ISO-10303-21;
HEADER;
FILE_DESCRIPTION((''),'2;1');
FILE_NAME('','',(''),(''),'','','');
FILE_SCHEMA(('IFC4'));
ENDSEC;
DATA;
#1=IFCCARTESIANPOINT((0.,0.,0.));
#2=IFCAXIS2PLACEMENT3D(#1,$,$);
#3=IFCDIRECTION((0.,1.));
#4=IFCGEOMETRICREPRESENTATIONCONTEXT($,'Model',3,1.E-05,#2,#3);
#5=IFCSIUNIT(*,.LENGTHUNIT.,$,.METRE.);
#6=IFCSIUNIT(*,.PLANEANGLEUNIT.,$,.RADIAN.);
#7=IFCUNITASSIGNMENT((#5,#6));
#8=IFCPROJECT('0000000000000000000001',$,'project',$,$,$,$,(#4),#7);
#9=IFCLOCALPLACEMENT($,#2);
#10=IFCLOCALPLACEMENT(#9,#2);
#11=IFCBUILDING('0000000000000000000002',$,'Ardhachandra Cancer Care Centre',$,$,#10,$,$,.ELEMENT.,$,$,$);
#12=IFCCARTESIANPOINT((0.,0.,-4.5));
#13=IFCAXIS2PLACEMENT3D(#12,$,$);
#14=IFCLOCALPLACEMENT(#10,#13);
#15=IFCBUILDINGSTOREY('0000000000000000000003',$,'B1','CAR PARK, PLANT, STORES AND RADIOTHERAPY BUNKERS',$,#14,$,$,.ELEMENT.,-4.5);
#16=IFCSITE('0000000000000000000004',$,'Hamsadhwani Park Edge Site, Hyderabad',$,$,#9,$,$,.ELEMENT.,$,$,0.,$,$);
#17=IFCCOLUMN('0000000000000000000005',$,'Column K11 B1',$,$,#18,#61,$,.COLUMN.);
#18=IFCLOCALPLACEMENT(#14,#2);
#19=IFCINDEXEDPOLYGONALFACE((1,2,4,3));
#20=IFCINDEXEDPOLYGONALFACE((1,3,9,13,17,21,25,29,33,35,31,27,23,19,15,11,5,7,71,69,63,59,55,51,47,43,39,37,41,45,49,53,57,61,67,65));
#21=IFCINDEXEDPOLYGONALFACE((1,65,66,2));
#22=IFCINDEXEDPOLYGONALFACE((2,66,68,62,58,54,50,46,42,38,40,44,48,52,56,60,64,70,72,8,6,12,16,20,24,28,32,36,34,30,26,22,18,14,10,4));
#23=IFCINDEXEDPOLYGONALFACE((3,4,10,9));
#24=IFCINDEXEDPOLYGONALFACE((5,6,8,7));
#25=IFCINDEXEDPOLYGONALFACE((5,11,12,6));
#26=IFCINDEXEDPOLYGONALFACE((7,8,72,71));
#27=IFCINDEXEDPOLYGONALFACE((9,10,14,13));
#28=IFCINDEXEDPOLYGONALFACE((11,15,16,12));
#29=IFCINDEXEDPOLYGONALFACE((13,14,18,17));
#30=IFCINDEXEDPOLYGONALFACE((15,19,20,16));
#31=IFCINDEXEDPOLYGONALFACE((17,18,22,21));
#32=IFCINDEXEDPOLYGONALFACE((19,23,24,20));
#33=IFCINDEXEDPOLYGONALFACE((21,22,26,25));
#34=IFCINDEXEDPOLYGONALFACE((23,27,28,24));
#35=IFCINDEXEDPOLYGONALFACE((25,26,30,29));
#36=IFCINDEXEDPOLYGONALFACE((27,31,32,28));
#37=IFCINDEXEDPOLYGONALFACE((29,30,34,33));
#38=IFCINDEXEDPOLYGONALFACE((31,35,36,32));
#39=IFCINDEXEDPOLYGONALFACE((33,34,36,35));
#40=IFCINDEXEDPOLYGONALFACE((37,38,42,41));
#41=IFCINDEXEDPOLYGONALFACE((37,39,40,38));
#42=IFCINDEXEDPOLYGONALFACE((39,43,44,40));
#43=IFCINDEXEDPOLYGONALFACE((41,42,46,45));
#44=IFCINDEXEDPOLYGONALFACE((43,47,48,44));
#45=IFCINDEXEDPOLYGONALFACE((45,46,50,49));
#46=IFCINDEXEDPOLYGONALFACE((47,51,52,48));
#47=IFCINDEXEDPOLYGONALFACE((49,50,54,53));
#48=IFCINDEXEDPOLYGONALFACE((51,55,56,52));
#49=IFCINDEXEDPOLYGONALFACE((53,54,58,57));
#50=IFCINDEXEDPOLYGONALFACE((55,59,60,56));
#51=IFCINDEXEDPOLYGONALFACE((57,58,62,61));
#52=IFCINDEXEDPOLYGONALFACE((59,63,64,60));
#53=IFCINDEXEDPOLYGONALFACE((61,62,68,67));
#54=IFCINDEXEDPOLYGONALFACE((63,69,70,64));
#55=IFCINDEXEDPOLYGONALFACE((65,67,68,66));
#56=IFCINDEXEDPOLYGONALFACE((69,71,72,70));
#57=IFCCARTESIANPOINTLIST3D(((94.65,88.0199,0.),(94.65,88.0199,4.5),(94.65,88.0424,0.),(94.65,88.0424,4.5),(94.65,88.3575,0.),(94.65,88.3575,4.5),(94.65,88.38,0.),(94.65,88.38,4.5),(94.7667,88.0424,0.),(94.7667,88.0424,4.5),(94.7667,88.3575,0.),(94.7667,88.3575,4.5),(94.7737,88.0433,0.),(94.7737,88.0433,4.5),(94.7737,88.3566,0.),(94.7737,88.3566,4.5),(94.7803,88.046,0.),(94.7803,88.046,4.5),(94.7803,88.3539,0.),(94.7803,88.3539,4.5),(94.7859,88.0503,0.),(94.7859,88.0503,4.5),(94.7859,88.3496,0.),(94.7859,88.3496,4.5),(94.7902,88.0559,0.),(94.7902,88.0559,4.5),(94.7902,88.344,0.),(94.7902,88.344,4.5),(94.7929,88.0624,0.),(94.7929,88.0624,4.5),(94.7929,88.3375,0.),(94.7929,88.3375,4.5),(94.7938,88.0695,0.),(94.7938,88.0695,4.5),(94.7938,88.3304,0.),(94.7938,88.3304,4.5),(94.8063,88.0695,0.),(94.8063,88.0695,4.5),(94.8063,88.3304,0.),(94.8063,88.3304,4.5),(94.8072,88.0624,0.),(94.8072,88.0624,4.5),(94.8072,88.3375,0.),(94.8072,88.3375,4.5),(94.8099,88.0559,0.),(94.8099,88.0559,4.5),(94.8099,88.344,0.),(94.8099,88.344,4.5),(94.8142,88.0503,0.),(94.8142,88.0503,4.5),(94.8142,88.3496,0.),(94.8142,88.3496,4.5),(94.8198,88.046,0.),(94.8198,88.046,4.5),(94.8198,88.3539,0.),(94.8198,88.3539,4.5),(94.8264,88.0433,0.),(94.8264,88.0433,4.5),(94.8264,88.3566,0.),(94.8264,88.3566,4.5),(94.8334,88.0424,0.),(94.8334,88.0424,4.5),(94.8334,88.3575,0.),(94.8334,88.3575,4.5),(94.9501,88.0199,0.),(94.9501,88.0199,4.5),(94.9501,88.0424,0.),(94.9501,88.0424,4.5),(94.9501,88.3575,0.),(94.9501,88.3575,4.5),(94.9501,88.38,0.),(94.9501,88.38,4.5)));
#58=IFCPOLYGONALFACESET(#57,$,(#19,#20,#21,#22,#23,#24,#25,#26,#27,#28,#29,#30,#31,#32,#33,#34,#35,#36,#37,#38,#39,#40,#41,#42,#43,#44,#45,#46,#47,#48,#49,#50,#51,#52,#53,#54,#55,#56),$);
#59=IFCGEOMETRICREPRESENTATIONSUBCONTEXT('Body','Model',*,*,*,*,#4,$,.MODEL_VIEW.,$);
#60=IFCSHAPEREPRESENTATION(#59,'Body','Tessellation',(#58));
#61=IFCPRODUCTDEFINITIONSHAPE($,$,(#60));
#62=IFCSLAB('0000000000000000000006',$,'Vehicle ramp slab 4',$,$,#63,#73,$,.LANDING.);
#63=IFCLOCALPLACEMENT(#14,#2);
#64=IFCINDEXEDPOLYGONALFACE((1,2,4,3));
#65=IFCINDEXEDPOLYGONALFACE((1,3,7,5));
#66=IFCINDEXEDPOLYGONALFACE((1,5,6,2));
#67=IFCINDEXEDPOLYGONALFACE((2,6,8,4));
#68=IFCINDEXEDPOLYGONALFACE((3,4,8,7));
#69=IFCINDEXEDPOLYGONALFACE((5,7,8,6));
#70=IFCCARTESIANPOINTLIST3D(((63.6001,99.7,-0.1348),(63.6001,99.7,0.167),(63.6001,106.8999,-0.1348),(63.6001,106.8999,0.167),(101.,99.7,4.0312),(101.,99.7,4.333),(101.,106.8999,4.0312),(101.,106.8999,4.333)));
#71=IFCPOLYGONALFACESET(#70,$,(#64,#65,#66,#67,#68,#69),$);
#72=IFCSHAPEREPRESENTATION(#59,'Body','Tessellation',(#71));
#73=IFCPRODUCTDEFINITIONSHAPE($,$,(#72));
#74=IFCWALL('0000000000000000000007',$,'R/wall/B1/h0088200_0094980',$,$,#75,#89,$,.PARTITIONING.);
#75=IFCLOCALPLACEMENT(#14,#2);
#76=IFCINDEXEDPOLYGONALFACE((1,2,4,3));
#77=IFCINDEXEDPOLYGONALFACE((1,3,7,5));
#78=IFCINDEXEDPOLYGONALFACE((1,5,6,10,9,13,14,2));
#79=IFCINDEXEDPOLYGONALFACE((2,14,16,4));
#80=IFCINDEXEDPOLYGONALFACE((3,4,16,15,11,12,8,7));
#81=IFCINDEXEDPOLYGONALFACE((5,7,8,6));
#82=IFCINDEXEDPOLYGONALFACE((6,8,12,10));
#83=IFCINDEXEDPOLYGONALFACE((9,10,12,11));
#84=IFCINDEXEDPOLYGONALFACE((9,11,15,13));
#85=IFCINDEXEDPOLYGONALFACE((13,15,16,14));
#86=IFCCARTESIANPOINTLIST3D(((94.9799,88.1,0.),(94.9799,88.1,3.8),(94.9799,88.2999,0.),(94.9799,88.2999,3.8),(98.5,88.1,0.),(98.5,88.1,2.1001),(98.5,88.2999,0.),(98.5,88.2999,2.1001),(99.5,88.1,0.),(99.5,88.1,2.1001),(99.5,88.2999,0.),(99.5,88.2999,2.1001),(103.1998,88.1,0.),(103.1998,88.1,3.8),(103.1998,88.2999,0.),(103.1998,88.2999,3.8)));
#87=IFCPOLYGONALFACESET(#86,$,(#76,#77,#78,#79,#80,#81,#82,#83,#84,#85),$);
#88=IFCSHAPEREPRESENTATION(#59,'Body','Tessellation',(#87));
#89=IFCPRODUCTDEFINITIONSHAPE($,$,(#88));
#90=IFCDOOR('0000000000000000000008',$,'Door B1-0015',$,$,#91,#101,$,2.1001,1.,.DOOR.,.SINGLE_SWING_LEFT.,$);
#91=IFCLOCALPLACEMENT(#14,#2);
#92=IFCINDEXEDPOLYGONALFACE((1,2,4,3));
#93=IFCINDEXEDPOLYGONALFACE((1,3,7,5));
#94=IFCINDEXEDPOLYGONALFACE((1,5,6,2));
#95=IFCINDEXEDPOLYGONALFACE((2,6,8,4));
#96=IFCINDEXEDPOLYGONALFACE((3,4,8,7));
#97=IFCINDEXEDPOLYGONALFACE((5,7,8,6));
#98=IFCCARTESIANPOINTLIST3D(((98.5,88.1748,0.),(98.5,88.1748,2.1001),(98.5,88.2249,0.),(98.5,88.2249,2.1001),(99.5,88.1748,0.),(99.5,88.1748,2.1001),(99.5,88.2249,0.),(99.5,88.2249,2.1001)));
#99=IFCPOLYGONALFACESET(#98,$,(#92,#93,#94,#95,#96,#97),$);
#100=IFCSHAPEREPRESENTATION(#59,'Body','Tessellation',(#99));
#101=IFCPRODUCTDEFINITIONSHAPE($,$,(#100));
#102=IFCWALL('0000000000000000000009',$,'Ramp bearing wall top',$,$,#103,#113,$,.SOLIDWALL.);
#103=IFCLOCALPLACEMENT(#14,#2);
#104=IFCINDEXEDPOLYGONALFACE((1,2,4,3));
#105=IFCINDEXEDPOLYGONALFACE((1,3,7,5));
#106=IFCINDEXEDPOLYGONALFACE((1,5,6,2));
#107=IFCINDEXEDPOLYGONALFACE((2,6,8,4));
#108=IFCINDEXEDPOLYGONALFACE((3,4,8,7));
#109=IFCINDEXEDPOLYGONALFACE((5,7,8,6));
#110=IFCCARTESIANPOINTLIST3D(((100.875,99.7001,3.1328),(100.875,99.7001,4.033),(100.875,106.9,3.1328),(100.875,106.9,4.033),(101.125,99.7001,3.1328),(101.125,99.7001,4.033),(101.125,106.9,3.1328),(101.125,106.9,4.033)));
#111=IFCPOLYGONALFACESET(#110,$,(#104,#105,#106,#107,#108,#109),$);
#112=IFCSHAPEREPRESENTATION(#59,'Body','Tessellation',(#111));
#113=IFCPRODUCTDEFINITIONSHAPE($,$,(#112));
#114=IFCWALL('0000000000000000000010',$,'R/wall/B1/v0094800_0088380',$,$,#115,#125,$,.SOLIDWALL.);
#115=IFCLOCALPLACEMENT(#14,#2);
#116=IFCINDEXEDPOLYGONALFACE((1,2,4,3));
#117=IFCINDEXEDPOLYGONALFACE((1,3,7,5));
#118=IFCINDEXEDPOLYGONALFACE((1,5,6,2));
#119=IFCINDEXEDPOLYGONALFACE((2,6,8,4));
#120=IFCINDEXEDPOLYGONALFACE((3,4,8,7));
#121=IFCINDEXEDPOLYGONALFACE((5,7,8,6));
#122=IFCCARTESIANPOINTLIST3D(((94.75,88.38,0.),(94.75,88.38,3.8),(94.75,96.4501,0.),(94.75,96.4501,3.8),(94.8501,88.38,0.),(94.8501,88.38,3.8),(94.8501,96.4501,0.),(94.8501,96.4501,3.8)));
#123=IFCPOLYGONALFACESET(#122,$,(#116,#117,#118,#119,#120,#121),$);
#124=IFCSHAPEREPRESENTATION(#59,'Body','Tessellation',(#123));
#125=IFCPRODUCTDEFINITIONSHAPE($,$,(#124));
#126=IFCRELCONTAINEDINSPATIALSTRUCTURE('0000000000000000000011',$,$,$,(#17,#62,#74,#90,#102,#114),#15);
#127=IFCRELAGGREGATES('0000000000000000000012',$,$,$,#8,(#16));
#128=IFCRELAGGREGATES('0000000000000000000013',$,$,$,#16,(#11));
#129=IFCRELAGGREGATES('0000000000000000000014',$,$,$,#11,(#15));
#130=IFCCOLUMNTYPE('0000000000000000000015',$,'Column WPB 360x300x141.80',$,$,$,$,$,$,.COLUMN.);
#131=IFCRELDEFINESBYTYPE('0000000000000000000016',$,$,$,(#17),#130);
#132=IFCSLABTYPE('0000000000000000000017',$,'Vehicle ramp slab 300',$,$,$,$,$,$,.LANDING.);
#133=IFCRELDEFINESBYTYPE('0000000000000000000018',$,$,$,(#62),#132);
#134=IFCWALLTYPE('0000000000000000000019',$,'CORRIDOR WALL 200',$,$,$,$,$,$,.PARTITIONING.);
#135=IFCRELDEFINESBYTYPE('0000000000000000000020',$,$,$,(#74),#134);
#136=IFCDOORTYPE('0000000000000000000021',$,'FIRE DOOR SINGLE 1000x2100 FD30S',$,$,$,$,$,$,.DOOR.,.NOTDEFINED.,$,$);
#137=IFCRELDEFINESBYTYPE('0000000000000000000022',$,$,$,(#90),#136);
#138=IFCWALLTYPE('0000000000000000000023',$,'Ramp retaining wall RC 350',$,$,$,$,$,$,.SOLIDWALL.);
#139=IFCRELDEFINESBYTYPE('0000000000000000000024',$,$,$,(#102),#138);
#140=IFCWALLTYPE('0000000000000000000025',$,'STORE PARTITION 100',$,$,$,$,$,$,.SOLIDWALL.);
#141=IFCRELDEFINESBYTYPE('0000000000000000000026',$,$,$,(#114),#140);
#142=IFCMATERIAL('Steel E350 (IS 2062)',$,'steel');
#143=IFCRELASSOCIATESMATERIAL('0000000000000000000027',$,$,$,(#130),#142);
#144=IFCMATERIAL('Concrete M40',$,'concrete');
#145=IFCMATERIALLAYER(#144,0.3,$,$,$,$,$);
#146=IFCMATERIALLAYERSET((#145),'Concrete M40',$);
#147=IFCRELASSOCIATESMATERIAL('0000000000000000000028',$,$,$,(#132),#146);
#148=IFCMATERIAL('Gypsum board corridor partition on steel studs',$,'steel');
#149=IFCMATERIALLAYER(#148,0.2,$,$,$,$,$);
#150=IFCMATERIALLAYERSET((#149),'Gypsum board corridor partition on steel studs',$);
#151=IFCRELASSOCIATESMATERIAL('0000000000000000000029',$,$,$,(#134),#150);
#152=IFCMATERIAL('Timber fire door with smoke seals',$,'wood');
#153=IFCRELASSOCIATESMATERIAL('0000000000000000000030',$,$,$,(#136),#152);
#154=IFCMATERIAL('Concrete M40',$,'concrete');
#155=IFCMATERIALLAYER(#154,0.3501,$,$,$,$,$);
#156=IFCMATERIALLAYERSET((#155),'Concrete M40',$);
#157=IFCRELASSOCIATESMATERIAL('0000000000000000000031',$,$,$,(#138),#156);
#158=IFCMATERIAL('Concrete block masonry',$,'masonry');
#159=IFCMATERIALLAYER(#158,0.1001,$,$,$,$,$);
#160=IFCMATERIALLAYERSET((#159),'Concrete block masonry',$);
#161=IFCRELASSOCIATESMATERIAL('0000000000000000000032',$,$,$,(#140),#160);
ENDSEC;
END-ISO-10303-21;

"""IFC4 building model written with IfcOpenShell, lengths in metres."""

from ifc_helpers import new_model, si_unit, direction, frame, frame_2d, origin, origin_2d, place, context, subcontext, project, spatial, polyline, rectangle, i_section, outline, extrude, material, layer, layer_set, material_profile, profile_set, type_object, element, fill, save


model = new_model("IFC4")

# Units and contexts
model_context = context("Model", 3, precision=1e-05, world=origin(), true_north=direction((0.0, 1.0)))
body_context = subcontext(model_context, "Body", "Model", "MODEL_VIEW")
ifc_project = project(units=[si_unit("LENGTHUNIT", "METRE"), si_unit("PLANEANGLEUNIT", "RADIAN")], contexts=[model_context])

# Site, building, storey
site_placement = place(None, origin())
site = spatial("IfcSite", under=ifc_project, at=site_placement, Name="Hamsadhwani Park Edge Site, Hyderabad", CompositionType="ELEMENT", RefElevation=0.0)
building_placement = place(site_placement, origin())
building = spatial("IfcBuilding", under=site, at=building_placement, Name="Ardhachandra Cancer Care Centre", CompositionType="ELEMENT")
storey_placement = place(building_placement, frame((0.0, 0.0, -4.5)))
storey = spatial("IfcBuildingStorey", under=building, at=storey_placement, Name="B1", Description="CAR PARK, PLANT, STORES AND RADIOTHERAPY BUNKERS", CompositionType="ELEMENT", Elevation=-4.5)

# Column
ifc_material_1 = material(Name="Steel E350 (IS 2062)", Category="steel")
ifc_material_profile_1 = material_profile(ifc_material_1, i_section(OverallWidth=0.3, OverallDepth=0.3601, WebThickness=0.0125, FlangeThickness=0.0225, FilletRadius=0.0271, at=origin_2d()), Name="WPB 360x300x141.80")
ifc_profile_set_1 = profile_set([ifc_material_profile_1], Name="Steel E350 (IS 2062)")
column_type_1 = type_object("IfcColumnType", Name="Column WPB 360x300x141.80", PredefinedType="COLUMN", material=ifc_profile_set_1)
column_1_placement = place(storey_placement, frame((94.8, 88.2, 0.0), z_axis=(0.0, 0.0, 1.0), x_axis=(1.0, 0.0, 0.0)))
element("IfcColumn", 1, at=column_1_placement, inside=storey, type_object=column_type_1, Name="Column K11 B1", PredefinedType="COLUMN", context=body_context, shape_type="SweptSolid", body=[
    extrude(i_section(OverallWidth=0.3, OverallDepth=0.3601, WebThickness=0.0125, FlangeThickness=0.0225, FilletRadius=0.0271, at=origin_2d()), origin(), (0.0, 0.0, 1.0), 4.5),
])

# Slab
ifc_material_2 = material(Name="Concrete M40", Category="concrete")
ifc_layer_1 = layer(ifc_material_2, 0.3)
ifc_layer_set_1 = layer_set([ifc_layer_1], Name="Concrete M40")
slab_type = type_object("IfcSlabType", Name="Vehicle ramp slab 300", PredefinedType="LANDING", material=ifc_layer_set_1)
slab_placement = place(storey_placement, frame((101.0, 103.3, 4.333), z_axis=(0.0, 0.0, 1.0), x_axis=(-1.0, 0.0, 0.0)))
element("IfcSlab", 2, at=slab_placement, inside=storey, type_object=slab_type, Name="Vehicle ramp slab 4", PredefinedType="LANDING", context=body_context, shape_type="SweptSolid", body=[
    extrude(outline(polyline([(0.0, -0.3018), (37.3999, -4.4678), (37.3999, -4.166), (0.0, 0.0), (0.0, -0.3018)])), frame((0.0, 3.6001, 0.0), z_axis=(0.0, -1.0, 0.0), x_axis=(1.0, 0.0, 0.0)), (0.0, 0.0, 1.0), 7.2),
])

# Wall, opening, door
ifc_material_3 = material(Name="Gypsum board corridor partition on steel studs", Category="steel")
ifc_layer_2 = layer(ifc_material_3, 0.2)
ifc_layer_set_2 = layer_set([ifc_layer_2], Name="Gypsum board corridor partition on steel studs")
wall_type_1 = type_object("IfcWallType", Name="CORRIDOR WALL 200", PredefinedType="PARTITIONING", material=ifc_layer_set_2)
wall_1_placement = place(storey_placement, frame((94.98, 88.2, 0.0), z_axis=(0.0, 0.0, 1.0), x_axis=(1.0, 0.0, 0.0)))
wall_1 = element("IfcWall", 3, at=wall_1_placement, inside=storey, type_object=wall_type_1, Name="R/wall/B1/h0088200_0094980", PredefinedType="PARTITIONING", context=body_context, shape_type="SweptSolid", body=[
    extrude(rectangle(XDim=8.22, YDim=0.2, at=frame_2d((4.1099, 0.0))), origin(), (0.0, 0.0, 1.0), 3.8),
])
opening_placement = place(wall_1_placement, frame((3.52, 0.0, 0.0)))
opening = element("IfcOpeningElement", 4, at=opening_placement, cuts=wall_1, PredefinedType="OPENING", context=body_context, shape_type="SweptSolid", body=[
    extrude(rectangle(XDim=1.0, YDim=2.1001, at=frame_2d((0.5, 1.05))), frame((0.0, 0.1099, 0.0), z_axis=(0.0, -1.0, 0.0), x_axis=(1.0, 0.0, 0.0)), (0.0, 0.0, 1.0), 0.22),
])
ifc_material_4 = material(Name="Timber fire door with smoke seals", Category="wood")
door_type = type_object("IfcDoorType", Name="FIRE DOOR SINGLE 1000x2100 FD30S", OperationType="NOTDEFINED", PredefinedType="DOOR", material=ifc_material_4)
door_placement = place(opening_placement, origin())
door = element("IfcDoor", 5, at=door_placement, inside=storey, type_object=door_type, Name="Door B1-0015", OperationType="SINGLE_SWING_LEFT", OverallHeight=2.1001, OverallWidth=1.0, PredefinedType="DOOR", context=body_context, shape_type="SweptSolid", body=[
    extrude(rectangle(XDim=1.0, YDim=2.1001, at=frame_2d((0.5, 1.05))), frame((0.0, 0.0249, 0.0), z_axis=(0.0, -1.0, 0.0), x_axis=(1.0, 0.0, 0.0)), (0.0, 0.0, 1.0), 0.05),
])
fill(opening, door)

# Walls
ifc_material_5 = material(Name="Concrete M40", Category="concrete")
ifc_layer_3 = layer(ifc_material_5, 0.3501)
ifc_layer_set_3 = layer_set([ifc_layer_3], Name="Concrete M40")
wall_type_2 = type_object("IfcWallType", Name="Ramp retaining wall RC 350", PredefinedType="SOLIDWALL", material=ifc_layer_set_3)
wall_2_placement = place(storey_placement, frame((101.0, 99.7, 3.1328), z_axis=(0.0, 0.0, 1.0), x_axis=(0.0, 1.0, 0.0)))
element("IfcWall", 6, at=wall_2_placement, inside=storey, type_object=wall_type_2, Name="Ramp bearing wall top", PredefinedType="SOLIDWALL", context=body_context, shape_type="SweptSolid", body=[
    extrude(rectangle(XDim=7.2, YDim=0.25, at=frame_2d((3.6001, 0.0))), origin(), (0.0, 0.0, 1.0), 0.9001),
])
ifc_material_6 = material(Name="Concrete block masonry", Category="masonry")
ifc_layer_4 = layer(ifc_material_6, 0.1001)
ifc_layer_set_4 = layer_set([ifc_layer_4], Name="Concrete block masonry")
wall_type_3 = type_object("IfcWallType", Name="STORE PARTITION 100", PredefinedType="SOLIDWALL", material=ifc_layer_set_4)
wall_3_placement = place(storey_placement, frame((94.8, 88.3799, 0.0), z_axis=(0.0, 0.0, 1.0), x_axis=(0.0, 1.0, 0.0)))
element("IfcWall", 7, at=wall_3_placement, inside=storey, type_object=wall_type_3, Name="R/wall/B1/v0094800_0088380", PredefinedType="SOLIDWALL", context=body_context, shape_type="SweptSolid", body=[
    extrude(rectangle(XDim=8.0701, YDim=0.1001, at=frame_2d((4.0352, 0.0))), origin(), (0.0, 0.0, 1.0), 3.8),
])

save(model, "model.ifc")
